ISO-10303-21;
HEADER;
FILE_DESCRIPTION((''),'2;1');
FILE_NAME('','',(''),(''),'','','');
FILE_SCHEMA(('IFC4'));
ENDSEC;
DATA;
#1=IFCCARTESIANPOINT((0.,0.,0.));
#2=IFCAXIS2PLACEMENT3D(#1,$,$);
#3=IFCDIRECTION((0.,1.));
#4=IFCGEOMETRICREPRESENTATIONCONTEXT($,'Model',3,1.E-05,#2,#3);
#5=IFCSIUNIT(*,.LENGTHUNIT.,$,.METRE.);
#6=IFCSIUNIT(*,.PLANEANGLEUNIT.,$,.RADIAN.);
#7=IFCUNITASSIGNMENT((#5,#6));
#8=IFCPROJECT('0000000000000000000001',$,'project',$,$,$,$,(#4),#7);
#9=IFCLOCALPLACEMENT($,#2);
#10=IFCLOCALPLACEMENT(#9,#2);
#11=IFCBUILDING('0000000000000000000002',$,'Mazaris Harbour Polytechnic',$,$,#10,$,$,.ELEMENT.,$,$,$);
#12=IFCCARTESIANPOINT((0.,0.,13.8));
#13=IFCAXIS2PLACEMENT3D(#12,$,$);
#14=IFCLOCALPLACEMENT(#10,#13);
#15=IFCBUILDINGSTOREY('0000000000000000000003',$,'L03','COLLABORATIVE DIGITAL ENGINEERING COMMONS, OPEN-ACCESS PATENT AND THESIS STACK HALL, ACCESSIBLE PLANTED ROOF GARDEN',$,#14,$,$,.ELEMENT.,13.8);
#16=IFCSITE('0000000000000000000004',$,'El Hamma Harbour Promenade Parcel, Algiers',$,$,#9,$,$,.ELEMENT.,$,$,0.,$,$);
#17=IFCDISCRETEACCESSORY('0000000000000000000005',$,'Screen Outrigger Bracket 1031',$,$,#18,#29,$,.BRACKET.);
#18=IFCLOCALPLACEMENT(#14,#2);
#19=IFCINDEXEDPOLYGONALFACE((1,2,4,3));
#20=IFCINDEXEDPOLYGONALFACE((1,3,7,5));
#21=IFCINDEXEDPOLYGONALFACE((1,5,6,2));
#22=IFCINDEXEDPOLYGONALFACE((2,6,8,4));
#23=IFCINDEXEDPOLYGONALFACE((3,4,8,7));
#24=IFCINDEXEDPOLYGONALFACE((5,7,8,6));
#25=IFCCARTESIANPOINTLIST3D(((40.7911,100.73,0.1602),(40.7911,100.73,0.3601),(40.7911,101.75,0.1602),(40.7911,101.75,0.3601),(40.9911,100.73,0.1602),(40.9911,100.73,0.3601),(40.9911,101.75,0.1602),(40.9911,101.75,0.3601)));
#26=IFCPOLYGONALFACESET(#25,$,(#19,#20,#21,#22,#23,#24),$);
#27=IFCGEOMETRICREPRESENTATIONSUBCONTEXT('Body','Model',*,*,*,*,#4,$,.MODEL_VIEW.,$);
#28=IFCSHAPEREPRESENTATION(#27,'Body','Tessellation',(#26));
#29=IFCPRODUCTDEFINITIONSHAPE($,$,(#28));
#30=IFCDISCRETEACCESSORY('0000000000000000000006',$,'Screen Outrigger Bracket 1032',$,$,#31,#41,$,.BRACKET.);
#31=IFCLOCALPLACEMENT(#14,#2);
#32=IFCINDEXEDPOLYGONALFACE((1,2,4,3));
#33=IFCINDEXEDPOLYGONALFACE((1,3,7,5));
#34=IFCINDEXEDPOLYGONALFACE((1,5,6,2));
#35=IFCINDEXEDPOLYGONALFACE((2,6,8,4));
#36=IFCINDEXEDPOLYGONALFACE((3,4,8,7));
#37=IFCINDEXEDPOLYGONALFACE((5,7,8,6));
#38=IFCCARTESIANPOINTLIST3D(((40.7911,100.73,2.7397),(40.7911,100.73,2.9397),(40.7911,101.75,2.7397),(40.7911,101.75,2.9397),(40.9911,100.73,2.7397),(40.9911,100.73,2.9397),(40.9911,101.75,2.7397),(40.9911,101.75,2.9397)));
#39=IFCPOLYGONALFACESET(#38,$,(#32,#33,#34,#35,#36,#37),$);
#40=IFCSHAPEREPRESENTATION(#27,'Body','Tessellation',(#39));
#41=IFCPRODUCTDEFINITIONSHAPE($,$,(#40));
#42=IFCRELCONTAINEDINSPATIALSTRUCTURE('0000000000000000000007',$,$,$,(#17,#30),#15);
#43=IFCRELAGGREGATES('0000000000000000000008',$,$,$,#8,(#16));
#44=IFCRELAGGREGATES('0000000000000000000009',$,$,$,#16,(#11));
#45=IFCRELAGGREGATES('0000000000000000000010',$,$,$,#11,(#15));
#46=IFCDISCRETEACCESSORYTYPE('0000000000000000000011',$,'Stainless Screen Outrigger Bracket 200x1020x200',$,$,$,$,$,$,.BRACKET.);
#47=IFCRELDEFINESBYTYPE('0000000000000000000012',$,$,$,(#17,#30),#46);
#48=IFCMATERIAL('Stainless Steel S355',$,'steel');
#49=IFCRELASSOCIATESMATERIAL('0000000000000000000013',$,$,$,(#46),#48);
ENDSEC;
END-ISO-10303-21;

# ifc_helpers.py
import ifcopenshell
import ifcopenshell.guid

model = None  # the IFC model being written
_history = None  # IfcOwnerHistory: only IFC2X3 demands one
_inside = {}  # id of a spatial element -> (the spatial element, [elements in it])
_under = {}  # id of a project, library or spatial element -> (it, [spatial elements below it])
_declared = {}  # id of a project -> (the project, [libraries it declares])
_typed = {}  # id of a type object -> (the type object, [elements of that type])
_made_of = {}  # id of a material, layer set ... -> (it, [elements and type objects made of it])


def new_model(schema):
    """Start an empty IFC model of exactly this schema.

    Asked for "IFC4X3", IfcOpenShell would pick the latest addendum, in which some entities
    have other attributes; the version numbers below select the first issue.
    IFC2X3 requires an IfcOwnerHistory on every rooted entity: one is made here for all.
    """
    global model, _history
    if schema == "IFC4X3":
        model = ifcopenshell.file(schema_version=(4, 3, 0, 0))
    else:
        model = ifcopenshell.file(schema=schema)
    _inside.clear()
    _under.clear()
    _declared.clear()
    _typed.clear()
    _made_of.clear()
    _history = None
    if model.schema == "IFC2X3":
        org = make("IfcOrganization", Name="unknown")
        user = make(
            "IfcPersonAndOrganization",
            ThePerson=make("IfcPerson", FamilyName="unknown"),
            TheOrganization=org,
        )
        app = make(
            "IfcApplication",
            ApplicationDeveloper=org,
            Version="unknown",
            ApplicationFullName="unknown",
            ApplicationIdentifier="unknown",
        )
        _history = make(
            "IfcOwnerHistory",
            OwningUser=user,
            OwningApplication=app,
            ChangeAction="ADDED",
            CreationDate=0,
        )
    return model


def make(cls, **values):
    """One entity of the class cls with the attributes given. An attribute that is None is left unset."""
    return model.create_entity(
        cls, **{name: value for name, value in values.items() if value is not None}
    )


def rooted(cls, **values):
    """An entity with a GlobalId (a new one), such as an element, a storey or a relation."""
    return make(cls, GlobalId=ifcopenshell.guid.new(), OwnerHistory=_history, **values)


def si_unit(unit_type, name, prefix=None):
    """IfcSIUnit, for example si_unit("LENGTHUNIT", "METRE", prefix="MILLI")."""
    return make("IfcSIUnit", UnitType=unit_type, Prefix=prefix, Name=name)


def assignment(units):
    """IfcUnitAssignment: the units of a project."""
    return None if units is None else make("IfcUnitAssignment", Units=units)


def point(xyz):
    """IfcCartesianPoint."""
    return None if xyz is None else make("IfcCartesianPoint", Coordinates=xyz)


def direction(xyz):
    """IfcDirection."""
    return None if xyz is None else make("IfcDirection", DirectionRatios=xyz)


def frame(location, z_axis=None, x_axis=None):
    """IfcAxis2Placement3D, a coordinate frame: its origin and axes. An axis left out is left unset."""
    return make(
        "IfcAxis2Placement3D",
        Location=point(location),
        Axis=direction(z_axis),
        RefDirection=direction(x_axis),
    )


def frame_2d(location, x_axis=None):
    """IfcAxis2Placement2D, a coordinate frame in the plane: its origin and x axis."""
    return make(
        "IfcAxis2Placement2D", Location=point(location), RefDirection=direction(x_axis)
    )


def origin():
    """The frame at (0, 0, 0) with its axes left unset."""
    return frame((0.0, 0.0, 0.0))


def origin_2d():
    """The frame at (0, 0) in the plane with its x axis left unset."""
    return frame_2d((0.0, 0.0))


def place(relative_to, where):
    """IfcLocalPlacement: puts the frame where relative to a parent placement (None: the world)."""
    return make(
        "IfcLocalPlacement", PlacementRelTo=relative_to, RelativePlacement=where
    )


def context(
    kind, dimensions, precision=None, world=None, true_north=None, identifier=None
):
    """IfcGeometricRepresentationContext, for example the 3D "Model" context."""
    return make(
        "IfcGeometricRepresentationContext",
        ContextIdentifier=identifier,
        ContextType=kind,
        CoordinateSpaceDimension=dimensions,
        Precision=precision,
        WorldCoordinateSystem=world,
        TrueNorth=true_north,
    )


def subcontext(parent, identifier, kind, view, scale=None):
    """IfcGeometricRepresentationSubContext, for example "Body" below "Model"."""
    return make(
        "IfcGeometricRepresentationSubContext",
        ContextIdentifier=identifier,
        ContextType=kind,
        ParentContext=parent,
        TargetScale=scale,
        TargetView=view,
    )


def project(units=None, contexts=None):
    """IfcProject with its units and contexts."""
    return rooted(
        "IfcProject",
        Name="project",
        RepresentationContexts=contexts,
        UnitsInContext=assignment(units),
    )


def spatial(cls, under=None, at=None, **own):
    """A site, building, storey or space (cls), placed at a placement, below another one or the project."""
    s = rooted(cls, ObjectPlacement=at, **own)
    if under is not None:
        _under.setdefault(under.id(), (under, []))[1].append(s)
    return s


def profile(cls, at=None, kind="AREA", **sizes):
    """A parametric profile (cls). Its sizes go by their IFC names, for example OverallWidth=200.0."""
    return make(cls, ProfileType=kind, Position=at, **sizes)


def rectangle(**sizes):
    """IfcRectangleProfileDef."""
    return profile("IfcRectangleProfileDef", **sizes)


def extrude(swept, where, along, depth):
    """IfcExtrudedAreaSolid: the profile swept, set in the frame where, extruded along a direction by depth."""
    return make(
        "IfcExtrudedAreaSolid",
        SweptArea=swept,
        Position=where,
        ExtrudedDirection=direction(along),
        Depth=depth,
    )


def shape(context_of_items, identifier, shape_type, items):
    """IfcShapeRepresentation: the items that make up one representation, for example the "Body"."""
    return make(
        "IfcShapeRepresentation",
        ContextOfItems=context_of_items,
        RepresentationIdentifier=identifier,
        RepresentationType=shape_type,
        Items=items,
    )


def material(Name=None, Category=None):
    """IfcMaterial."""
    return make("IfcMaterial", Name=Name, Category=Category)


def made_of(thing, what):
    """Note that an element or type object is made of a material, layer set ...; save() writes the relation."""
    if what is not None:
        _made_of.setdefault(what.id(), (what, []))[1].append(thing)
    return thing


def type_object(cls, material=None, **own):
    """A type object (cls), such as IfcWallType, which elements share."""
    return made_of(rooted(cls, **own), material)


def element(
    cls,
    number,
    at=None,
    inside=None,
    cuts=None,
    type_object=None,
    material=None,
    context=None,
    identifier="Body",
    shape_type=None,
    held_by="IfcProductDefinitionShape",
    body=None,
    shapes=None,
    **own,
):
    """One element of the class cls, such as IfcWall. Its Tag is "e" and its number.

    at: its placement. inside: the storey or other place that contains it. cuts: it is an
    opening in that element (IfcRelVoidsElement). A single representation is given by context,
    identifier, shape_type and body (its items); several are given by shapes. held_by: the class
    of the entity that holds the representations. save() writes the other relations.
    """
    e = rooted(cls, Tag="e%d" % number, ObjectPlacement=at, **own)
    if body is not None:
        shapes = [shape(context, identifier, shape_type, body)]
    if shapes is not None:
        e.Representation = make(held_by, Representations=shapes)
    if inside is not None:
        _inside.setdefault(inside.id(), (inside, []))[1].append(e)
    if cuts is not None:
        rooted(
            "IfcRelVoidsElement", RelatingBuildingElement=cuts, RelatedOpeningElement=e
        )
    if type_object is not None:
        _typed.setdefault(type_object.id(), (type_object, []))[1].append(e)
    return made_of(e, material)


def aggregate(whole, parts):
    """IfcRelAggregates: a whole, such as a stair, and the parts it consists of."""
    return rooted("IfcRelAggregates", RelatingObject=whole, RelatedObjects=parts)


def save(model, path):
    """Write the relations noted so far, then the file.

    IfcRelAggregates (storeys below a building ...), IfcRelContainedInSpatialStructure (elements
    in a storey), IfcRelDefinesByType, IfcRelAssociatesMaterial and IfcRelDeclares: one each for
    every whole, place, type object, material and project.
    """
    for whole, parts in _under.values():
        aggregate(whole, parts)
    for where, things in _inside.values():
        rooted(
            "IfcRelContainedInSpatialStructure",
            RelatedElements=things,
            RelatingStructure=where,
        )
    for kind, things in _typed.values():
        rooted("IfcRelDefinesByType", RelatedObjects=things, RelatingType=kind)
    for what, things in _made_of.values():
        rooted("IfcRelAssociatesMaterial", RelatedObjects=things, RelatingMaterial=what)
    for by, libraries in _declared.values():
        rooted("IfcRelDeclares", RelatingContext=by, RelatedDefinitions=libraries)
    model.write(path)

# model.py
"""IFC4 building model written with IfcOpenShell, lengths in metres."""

from ifc_helpers import new_model, si_unit, direction, frame, origin, origin_2d, place, context, subcontext, project, spatial, rectangle, extrude, material, type_object, element, save


model = new_model("IFC4")

# Units and contexts
model_context = context("Model", 3, precision=1e-05, world=origin(), true_north=direction((0.0, 1.0)))
body_context = subcontext(model_context, "Body", "Model", "MODEL_VIEW")
ifc_project = project(units=[si_unit("LENGTHUNIT", "METRE"), si_unit("PLANEANGLEUNIT", "RADIAN")], contexts=[model_context])

# Site, building, storey
site_placement = place(None, origin())
site = spatial("IfcSite", under=ifc_project, at=site_placement, Name="El Hamma Harbour Promenade Parcel, Algiers", CompositionType="ELEMENT", RefElevation=0.0)
building_placement = place(site_placement, origin())
building = spatial("IfcBuilding", under=site, at=building_placement, Name="Mazaris Harbour Polytechnic", CompositionType="ELEMENT")
storey_placement = place(building_placement, frame((0.0, 0.0, 13.8)))
storey = spatial("IfcBuildingStorey", under=building, at=storey_placement, Name="L03", Description="COLLABORATIVE DIGITAL ENGINEERING COMMONS, OPEN-ACCESS PATENT AND THESIS STACK HALL, ACCESSIBLE PLANTED ROOF GARDEN", CompositionType="ELEMENT", Elevation=13.8)

# Discrete accessories
ifc_material_1 = material(Name="Stainless Steel S355", Category="steel")
discrete_accessory_type = type_object("IfcDiscreteAccessoryType", Name="Stainless Screen Outrigger Bracket 200x1020x200", PredefinedType="BRACKET", material=ifc_material_1)
for number, where, z_axis, x_axis, name in (
    (1, (40.8911, 101.24, 0.1602), (0.0, 0.0, 1.0), (1.0, 0.0, 0.0), "Screen Outrigger Bracket 1031"),
    (2, (40.8911, 101.24, 2.7397), (0.0, 0.0, 1.0), (1.0, 0.0, 0.0), "Screen Outrigger Bracket 1032"),
):
    element("IfcDiscreteAccessory", number, at=place(storey_placement, frame(where, z_axis=z_axis, x_axis=x_axis)), inside=storey, type_object=discrete_accessory_type, Name=name, PredefinedType="BRACKET", context=body_context, shape_type="SweptSolid", body=[
        extrude(rectangle(XDim=0.2, YDim=1.02, at=origin_2d()), origin(), (0.0, 0.0, 1.0), 0.2),
    ])

save(model, "model.ifc")
